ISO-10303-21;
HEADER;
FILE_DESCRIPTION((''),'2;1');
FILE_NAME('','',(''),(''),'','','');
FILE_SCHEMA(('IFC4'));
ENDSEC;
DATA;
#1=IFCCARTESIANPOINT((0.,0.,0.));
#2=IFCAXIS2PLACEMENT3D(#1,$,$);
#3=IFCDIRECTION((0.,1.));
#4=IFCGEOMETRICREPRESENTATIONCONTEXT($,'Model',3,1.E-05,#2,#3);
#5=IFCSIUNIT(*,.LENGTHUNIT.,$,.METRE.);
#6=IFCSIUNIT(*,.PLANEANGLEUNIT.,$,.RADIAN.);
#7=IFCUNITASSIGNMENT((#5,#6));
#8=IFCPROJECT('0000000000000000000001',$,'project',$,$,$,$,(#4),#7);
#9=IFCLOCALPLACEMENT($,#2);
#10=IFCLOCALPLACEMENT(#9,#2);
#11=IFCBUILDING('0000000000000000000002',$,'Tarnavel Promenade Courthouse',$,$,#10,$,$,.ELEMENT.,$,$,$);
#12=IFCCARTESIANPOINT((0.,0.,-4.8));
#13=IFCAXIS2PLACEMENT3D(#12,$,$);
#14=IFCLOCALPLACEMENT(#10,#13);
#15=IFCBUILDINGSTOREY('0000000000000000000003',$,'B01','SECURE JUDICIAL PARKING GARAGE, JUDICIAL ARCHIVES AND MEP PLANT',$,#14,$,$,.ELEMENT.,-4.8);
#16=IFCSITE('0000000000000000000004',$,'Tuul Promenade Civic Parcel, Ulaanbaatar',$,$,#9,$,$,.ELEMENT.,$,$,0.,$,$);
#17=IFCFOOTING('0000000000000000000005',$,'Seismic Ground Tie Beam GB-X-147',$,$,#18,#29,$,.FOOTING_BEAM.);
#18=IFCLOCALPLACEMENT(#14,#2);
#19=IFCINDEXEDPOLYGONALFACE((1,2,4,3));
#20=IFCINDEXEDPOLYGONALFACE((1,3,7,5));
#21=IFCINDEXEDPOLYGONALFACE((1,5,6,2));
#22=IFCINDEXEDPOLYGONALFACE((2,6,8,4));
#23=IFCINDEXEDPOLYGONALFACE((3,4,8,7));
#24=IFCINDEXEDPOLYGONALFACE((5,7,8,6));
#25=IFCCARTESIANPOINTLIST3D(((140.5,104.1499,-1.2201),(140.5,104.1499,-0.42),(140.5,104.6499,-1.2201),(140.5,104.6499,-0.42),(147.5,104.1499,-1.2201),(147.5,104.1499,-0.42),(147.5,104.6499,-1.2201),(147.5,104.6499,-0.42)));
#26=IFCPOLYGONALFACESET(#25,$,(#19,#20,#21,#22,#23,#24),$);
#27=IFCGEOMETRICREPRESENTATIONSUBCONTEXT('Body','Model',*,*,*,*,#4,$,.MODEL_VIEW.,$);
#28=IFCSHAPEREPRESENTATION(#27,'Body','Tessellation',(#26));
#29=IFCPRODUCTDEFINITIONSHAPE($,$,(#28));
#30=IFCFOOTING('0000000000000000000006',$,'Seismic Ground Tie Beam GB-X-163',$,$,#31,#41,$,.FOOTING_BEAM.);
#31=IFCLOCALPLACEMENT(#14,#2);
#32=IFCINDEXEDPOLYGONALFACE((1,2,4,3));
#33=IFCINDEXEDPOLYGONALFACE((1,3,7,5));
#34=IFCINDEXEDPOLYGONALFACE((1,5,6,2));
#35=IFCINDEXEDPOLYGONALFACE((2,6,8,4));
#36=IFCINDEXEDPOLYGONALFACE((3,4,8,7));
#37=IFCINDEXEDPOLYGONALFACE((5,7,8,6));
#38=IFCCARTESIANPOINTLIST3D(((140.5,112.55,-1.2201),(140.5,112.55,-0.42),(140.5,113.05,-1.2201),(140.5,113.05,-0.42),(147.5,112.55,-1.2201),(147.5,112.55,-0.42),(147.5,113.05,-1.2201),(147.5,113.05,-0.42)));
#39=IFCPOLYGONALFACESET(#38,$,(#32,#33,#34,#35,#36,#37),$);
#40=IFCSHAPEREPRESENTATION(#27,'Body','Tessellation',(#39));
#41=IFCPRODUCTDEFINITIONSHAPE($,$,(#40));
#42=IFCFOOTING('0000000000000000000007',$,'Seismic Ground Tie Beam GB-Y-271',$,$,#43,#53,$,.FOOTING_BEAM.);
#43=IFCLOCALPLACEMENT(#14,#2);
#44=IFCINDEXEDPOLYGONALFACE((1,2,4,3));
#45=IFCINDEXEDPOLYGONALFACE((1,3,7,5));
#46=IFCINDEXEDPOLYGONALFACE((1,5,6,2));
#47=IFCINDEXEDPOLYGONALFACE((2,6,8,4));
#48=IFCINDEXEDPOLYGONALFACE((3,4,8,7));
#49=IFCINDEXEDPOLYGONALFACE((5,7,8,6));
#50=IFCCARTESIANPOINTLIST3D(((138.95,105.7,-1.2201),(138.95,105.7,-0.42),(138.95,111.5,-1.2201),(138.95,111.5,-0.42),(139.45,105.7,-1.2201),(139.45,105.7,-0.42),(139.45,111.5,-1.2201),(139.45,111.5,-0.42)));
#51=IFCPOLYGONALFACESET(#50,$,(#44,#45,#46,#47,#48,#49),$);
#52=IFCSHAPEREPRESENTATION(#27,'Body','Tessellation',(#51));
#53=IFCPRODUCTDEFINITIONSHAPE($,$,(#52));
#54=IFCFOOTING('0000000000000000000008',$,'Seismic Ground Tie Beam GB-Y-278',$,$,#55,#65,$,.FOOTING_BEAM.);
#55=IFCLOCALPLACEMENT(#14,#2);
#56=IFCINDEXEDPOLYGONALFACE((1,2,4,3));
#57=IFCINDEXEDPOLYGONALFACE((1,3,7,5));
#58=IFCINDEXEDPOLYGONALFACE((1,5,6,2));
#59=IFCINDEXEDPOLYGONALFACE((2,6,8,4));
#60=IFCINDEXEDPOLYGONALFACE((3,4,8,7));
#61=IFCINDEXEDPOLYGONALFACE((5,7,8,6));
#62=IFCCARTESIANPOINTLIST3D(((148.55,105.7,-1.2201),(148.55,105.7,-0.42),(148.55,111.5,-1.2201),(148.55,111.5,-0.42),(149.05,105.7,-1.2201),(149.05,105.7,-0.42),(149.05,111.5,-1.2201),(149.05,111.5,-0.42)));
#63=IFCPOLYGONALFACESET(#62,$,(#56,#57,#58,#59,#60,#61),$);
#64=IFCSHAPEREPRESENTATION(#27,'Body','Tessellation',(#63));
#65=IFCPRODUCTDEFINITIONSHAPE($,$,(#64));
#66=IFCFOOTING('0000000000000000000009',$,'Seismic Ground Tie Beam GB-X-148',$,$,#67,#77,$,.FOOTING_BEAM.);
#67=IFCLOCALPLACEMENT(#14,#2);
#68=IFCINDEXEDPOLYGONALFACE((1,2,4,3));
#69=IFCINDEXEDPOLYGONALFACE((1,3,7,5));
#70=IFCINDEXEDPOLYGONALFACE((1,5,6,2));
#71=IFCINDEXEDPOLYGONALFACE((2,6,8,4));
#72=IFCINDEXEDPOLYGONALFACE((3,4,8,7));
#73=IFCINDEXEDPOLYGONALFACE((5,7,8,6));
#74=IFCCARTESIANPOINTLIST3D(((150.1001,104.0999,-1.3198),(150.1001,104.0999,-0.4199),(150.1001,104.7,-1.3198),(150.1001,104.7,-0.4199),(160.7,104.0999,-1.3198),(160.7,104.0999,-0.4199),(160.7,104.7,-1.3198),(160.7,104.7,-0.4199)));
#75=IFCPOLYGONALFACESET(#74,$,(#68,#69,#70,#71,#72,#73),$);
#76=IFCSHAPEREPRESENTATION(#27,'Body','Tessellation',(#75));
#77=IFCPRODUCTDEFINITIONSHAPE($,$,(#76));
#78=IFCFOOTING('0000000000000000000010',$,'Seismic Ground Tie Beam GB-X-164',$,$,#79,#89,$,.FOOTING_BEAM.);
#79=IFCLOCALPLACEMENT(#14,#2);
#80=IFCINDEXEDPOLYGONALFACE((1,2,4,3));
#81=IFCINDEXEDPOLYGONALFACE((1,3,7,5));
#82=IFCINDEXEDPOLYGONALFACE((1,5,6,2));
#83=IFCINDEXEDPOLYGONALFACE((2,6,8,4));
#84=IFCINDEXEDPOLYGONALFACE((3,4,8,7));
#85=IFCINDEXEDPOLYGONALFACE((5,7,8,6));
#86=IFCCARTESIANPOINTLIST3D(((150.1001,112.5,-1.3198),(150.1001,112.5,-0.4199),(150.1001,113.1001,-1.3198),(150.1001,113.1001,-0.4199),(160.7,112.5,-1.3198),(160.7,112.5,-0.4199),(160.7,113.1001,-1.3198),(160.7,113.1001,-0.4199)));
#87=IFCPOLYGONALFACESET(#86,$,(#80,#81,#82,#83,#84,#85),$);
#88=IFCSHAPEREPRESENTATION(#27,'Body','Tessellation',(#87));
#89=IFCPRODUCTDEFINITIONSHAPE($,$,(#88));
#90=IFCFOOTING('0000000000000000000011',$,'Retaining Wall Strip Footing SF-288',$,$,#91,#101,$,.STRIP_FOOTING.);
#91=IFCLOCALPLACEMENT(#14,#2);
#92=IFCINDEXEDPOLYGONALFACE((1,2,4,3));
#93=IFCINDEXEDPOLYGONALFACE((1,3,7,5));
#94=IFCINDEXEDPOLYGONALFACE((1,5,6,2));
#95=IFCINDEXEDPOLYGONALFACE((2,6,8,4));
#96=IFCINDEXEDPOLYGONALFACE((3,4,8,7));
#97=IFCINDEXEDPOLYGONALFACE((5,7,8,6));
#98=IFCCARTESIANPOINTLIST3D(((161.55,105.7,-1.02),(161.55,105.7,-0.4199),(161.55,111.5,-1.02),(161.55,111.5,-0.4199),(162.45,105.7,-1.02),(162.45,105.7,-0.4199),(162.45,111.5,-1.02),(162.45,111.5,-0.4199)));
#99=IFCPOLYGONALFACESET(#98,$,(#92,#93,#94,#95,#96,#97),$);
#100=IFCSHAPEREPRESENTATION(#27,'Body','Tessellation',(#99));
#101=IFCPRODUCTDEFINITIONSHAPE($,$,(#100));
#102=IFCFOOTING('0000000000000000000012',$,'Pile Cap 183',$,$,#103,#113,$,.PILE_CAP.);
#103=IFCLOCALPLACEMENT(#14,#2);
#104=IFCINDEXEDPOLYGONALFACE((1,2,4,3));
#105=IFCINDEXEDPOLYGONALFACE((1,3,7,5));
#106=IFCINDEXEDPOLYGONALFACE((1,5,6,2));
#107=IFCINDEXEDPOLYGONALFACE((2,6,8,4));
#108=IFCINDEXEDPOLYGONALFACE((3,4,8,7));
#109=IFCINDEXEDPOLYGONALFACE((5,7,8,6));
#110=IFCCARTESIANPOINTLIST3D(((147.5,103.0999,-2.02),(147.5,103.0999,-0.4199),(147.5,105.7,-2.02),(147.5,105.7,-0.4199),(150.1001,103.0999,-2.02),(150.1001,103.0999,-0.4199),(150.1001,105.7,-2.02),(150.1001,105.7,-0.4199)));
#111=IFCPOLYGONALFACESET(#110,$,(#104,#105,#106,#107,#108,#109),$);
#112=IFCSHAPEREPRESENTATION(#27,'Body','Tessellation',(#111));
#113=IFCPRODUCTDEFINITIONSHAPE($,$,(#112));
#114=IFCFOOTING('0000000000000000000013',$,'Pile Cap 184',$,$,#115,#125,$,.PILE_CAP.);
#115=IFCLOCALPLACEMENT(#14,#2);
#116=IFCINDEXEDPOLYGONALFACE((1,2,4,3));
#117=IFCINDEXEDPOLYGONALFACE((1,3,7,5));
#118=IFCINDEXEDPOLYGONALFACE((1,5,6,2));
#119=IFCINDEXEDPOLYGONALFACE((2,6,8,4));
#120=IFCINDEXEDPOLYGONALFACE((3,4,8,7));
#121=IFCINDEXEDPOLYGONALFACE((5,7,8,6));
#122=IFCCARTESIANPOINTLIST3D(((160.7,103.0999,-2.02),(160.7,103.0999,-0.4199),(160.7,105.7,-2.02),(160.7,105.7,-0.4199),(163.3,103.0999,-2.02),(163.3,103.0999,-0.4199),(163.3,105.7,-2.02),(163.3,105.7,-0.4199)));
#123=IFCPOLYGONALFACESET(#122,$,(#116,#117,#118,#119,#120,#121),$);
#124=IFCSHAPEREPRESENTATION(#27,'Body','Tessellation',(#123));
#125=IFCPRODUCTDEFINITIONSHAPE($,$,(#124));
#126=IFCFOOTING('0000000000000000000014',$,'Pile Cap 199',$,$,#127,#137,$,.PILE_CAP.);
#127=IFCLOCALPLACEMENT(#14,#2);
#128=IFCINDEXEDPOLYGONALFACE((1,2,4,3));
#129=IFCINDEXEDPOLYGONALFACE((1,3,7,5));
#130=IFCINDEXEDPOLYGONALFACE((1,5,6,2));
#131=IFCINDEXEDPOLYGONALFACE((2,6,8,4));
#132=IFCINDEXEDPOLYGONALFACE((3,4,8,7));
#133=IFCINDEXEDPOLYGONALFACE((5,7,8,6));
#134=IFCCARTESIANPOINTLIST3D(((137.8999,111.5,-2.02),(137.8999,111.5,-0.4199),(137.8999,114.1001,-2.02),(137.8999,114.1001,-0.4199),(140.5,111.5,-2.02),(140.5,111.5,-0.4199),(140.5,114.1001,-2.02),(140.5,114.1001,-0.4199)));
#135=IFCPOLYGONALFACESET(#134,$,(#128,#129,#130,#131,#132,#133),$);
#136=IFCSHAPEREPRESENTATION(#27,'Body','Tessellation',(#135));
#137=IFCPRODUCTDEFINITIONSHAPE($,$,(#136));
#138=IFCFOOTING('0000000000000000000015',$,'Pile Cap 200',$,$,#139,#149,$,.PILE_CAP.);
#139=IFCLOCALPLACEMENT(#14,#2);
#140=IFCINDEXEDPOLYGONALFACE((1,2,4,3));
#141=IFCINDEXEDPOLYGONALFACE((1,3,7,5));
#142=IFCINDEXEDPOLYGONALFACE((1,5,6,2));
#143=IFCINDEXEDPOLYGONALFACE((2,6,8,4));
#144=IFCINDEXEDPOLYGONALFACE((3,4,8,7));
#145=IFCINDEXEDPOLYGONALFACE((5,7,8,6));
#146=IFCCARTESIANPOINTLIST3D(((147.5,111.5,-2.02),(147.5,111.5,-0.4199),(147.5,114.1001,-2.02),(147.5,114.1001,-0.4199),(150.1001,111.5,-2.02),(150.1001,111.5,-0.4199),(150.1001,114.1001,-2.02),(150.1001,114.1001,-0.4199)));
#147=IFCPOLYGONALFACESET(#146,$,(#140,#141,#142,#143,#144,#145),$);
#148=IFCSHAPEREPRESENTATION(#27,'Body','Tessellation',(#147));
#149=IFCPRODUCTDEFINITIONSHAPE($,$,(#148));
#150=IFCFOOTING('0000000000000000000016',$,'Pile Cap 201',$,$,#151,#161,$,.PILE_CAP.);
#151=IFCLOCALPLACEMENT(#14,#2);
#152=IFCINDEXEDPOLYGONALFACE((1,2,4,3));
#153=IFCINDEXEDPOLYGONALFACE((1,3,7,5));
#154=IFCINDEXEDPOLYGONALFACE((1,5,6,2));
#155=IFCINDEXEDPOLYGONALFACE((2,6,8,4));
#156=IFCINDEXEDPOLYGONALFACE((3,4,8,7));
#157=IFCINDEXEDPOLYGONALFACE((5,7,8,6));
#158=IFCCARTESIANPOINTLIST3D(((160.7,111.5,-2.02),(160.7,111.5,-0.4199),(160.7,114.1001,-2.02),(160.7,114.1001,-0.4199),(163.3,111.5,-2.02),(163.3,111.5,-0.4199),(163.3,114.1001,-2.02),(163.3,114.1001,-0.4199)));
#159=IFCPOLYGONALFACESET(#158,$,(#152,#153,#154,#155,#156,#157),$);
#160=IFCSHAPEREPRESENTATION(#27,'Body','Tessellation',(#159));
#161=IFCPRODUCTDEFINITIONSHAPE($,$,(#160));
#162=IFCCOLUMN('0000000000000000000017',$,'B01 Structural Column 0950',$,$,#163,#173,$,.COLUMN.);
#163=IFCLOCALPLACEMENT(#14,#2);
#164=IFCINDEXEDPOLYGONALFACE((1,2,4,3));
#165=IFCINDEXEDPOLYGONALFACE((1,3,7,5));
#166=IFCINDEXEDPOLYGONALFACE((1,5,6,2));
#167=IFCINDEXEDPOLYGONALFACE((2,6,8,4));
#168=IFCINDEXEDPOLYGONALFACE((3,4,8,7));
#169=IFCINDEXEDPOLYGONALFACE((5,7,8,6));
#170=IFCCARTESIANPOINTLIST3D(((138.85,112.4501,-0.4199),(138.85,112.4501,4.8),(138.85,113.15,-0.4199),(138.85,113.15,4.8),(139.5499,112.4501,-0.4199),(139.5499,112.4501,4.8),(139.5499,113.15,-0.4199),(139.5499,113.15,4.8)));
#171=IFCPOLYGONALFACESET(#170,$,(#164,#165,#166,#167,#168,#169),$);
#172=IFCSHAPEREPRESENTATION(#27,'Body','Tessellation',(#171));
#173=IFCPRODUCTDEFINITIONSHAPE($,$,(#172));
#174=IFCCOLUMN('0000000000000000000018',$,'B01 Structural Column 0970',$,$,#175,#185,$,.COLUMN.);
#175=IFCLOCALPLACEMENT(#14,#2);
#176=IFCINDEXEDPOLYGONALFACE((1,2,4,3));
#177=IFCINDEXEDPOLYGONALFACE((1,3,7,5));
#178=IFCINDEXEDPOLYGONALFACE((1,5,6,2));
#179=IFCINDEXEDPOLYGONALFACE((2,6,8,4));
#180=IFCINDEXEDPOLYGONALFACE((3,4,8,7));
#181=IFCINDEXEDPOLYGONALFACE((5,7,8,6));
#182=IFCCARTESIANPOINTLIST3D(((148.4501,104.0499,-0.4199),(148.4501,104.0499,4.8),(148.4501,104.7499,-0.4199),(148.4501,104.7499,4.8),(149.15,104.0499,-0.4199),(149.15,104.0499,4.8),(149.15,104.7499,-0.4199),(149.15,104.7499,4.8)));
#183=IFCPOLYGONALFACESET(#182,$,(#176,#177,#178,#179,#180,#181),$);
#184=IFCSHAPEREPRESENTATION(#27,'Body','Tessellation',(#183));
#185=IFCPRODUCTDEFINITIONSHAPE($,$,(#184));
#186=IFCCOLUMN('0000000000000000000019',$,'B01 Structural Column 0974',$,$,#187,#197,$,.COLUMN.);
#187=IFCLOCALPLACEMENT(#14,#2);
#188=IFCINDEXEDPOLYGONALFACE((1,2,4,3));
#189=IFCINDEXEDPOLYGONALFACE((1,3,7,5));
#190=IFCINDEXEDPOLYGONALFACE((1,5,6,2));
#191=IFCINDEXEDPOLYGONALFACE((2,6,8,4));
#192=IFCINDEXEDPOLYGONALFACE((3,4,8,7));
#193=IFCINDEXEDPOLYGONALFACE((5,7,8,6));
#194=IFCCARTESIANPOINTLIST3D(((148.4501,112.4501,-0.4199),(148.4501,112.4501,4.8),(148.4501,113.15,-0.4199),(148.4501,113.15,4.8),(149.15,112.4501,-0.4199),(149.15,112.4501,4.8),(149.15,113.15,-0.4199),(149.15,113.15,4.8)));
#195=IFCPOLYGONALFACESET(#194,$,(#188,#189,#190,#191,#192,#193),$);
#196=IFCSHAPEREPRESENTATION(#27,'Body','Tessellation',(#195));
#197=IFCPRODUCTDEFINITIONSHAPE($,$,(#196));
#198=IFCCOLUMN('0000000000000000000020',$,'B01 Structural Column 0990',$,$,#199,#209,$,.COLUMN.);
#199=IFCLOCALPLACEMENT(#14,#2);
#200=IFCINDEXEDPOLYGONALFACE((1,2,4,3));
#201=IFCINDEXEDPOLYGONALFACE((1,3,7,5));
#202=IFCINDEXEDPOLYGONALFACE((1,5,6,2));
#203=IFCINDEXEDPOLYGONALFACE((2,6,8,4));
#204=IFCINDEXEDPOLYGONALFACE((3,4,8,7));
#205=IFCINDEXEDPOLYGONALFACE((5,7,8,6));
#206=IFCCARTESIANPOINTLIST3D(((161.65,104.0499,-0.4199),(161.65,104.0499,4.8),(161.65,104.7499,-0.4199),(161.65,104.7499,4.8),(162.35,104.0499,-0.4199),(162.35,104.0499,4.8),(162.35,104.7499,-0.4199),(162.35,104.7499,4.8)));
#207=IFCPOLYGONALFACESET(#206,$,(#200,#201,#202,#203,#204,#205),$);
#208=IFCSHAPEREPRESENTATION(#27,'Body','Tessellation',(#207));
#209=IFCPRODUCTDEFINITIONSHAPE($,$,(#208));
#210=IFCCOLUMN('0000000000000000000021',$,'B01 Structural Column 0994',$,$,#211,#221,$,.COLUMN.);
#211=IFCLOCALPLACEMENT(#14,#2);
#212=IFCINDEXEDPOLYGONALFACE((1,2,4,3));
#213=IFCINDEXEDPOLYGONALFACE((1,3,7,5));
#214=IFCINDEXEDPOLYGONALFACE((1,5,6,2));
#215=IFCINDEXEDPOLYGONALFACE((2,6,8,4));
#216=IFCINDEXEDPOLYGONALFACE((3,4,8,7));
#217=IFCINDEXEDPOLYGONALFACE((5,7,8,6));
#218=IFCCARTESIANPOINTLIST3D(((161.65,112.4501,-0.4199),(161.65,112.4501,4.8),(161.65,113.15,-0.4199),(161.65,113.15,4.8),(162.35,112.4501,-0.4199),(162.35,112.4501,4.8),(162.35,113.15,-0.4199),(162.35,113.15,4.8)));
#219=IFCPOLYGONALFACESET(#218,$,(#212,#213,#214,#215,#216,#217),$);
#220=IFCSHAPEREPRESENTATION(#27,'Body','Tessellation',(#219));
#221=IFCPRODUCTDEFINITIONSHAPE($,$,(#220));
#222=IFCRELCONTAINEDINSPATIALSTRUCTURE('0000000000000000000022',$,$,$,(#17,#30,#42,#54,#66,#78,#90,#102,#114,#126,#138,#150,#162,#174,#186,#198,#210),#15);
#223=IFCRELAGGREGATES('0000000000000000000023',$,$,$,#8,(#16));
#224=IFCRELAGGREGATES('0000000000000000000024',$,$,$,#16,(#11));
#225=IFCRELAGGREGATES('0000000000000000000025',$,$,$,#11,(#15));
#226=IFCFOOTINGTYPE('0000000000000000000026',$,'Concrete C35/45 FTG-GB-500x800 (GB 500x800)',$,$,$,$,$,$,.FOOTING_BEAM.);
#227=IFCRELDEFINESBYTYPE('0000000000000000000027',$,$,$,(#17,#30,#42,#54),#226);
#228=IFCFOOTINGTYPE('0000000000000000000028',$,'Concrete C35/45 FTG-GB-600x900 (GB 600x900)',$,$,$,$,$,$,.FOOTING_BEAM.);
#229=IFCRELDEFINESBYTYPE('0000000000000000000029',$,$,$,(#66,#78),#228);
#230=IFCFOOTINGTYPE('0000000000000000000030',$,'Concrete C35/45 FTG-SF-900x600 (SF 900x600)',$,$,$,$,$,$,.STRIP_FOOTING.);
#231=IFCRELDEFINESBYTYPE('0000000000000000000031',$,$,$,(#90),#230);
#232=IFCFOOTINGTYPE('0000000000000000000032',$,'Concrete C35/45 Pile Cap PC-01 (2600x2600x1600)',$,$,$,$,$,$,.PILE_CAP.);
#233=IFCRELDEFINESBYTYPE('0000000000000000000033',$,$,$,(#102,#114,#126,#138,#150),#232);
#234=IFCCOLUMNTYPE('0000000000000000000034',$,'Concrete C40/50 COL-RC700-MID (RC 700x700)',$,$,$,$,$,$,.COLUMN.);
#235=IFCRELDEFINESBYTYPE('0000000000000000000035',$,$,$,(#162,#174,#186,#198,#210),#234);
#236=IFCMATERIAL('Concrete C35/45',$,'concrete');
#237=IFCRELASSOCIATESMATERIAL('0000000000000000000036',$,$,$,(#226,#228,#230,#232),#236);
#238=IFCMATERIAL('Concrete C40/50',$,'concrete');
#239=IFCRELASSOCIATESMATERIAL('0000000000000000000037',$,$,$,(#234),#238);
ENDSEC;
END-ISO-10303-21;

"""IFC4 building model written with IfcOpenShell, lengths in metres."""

from ifc_helpers import new_model, si_unit, direction, frame, origin, origin_2d, place, context, subcontext, project, spatial, rectangle, extrude, material, material_profile, profile_set, type_object, element, save


model = new_model("IFC4")

# Units and contexts
model_context = context("Model", 3, precision=1e-05, world=origin(), true_north=direction((0.0, 1.0)))
body_context = subcontext(model_context, "Body", "Model", "MODEL_VIEW")
ifc_project = project(units=[si_unit("LENGTHUNIT", "METRE"), si_unit("PLANEANGLEUNIT", "RADIAN")], contexts=[model_context])

# Site, building, storey
site_placement = place(None, origin())
site = spatial("IfcSite", under=ifc_project, at=site_placement, Name="Tuul Promenade Civic Parcel, Ulaanbaatar", CompositionType="ELEMENT", RefElevation=0.0)
building_placement = place(site_placement, origin())
building = spatial("IfcBuilding", under=site, at=building_placement, Name="Tarnavel Promenade Courthouse", CompositionType="ELEMENT")
storey_placement = place(building_placement, frame((0.0, 0.0, -4.8)))
storey = spatial("IfcBuildingStorey", under=building, at=storey_placement, Name="B01", Description="SECURE JUDICIAL PARKING GARAGE, JUDICIAL ARCHIVES AND MEP PLANT", CompositionType="ELEMENT", Elevation=-4.8)

# Footings
ifc_material_1 = material(Name="Concrete C35/45", Category="concrete")
ifc_material_profile_1 = material_profile(ifc_material_1, rectangle(XDim=0.5, YDim=0.8, at=origin_2d()), Name="GB 500x800")
ifc_profile_set_1 = profile_set([ifc_material_profile_1], Name="Concrete C35/45")
footing_type_1 = type_object("IfcFootingType", Name="Concrete C35/45 FTG-GB-500x800 (GB 500x800)", PredefinedType="FOOTING_BEAM", material=ifc_profile_set_1)
for number, where, z_axis, x_axis, name in (
    (1, (140.5, 104.3999, -0.8201), (1.0, 0.0, 0.0), (0.0, 1.0, 0.0), "Seismic Ground Tie Beam GB-X-147"),
    (2, (140.5, 112.8, -0.8201), (1.0, 0.0, 0.0), (0.0, 1.0, 0.0), "Seismic Ground Tie Beam GB-X-163"),
):
    element("IfcFooting", number, at=place(storey_placement, frame(where, z_axis=z_axis, x_axis=x_axis)), inside=storey, type_object=footing_type_1, Name=name, PredefinedType="FOOTING_BEAM", context=body_context, shape_type="SweptSolid", body=[
        extrude(rectangle(XDim=0.5, YDim=0.8, at=origin_2d()), origin(), (0.0, 0.0, 1.0), 7.0),
    ])
for number, where, z_axis, x_axis, name in (
    (3, (139.2, 105.7, -0.8201), (0.0, 1.0, 0.0), (-1.0, 0.0, 0.0), "Seismic Ground Tie Beam GB-Y-271"),
    (4, (148.8, 105.7, -0.8201), (0.0, 1.0, 0.0), (-1.0, 0.0, 0.0), "Seismic Ground Tie Beam GB-Y-278"),
):
    element("IfcFooting", number, at=place(storey_placement, frame(where, z_axis=z_axis, x_axis=x_axis)), inside=storey, type_object=footing_type_1, Name=name, PredefinedType="FOOTING_BEAM", context=body_context, shape_type="SweptSolid", body=[
        extrude(rectangle(XDim=0.5, YDim=0.8, at=origin_2d()), origin(), (0.0, 0.0, 1.0), 5.8),
    ])
ifc_material_profile_2 = material_profile(ifc_material_1, rectangle(XDim=0.6001, YDim=0.8999, at=origin_2d()), Name="GB 600x900")
ifc_profile_set_2 = profile_set([ifc_material_profile_2], Name="Concrete C35/45")
footing_type_2 = type_object("IfcFootingType", Name="Concrete C35/45 FTG-GB-600x900 (GB 600x900)", PredefinedType="FOOTING_BEAM", material=ifc_profile_set_2)
for number, where, z_axis, x_axis, name in (
    (5, (150.1001, 104.3999, -0.8699), (1.0, 0.0, 0.0), (0.0, 1.0, 0.0), "Seismic Ground Tie Beam GB-X-148"),
    (6, (150.1001, 112.8, -0.8699), (1.0, 0.0, 0.0), (0.0, 1.0, 0.0), "Seismic Ground Tie Beam GB-X-164"),
):
    element("IfcFooting", number, at=place(storey_placement, frame(where, z_axis=z_axis, x_axis=x_axis)), inside=storey, type_object=footing_type_2, Name=name, PredefinedType="FOOTING_BEAM", context=body_context, shape_type="SweptSolid", body=[
        extrude(rectangle(XDim=0.6001, YDim=0.8999, at=origin_2d()), origin(), (0.0, 0.0, 1.0), 10.5999),
    ])
ifc_material_profile_3 = material_profile(ifc_material_1, rectangle(XDim=0.8999, YDim=0.6001, at=origin_2d()), Name="SF 900x600")
ifc_profile_set_3 = profile_set([ifc_material_profile_3], Name="Concrete C35/45")
footing_type_3 = type_object("IfcFootingType", Name="Concrete C35/45 FTG-SF-900x600 (SF 900x600)", PredefinedType="STRIP_FOOTING", material=ifc_profile_set_3)
footing_placement = place(storey_placement, frame((162.0, 105.7, -0.72), z_axis=(0.0, 1.0, 0.0), x_axis=(-1.0, 0.0, 0.0)))
element("IfcFooting", 7, at=footing_placement, inside=storey, type_object=footing_type_3, Name="Retaining Wall Strip Footing SF-288", PredefinedType="STRIP_FOOTING", context=body_context, shape_type="SweptSolid", body=[
    extrude(rectangle(XDim=0.8999, YDim=0.6001, at=origin_2d()), origin(), (0.0, 0.0, 1.0), 5.8),
])
footing_type_4 = type_object("IfcFootingType", Name="Concrete C35/45 Pile Cap PC-01 (2600x2600x1600)", PredefinedType="PILE_CAP", material=ifc_material_1)
for number, where, z_axis, x_axis, name in (
    (8, (148.8, 104.3999, -2.02), (0.0, 0.0, 1.0), (1.0, 0.0, 0.0), "Pile Cap 183"),
    (9, (162.0, 104.3999, -2.02), (0.0, 0.0, 1.0), (1.0, 0.0, 0.0), "Pile Cap 184"),
    (10, (139.2, 112.8, -2.02), (0.0, 0.0, 1.0), (1.0, 0.0, 0.0), "Pile Cap 199"),
    (11, (148.8, 112.8, -2.02), (0.0, 0.0, 1.0), (1.0, 0.0, 0.0), "Pile Cap 200"),
    (12, (162.0, 112.8, -2.02), (0.0, 0.0, 1.0), (1.0, 0.0, 0.0), "Pile Cap 201"),
):
    element("IfcFooting", number, at=place(storey_placement, frame(where, z_axis=z_axis, x_axis=x_axis)), inside=storey, type_object=footing_type_4, Name=name, PredefinedType="PILE_CAP", context=body_context, shape_type="SweptSolid", body=[
        extrude(rectangle(XDim=2.6001, YDim=2.6001, at=origin_2d()), origin(), (0.0, 0.0, 1.0), 1.6001),
    ])

# Columns
ifc_material_2 = material(Name="Concrete C40/50", Category="concrete")
ifc_material_profile_4 = material_profile(ifc_material_2, rectangle(XDim=0.7, YDim=0.7, at=origin_2d()), Name="RC 700x700")
ifc_profile_set_4 = profile_set([ifc_material_profile_4], Name="Concrete C40/50")
column_type = type_object("IfcColumnType", Name="Concrete C40/50 COL-RC700-MID (RC 700x700)", PredefinedType="COLUMN", material=ifc_profile_set_4)
for number, where, z_axis, x_axis, name in (
    (13, (139.2, 112.8, -0.4199), (0.0, 0.0, 1.0), (1.0, 0.0, 0.0), "B01 Structural Column 0950"),
    (14, (148.8, 104.3999, -0.4199), (0.0, 0.0, 1.0), (1.0, 0.0, 0.0), "B01 Structural Column 0970"),
    (15, (148.8, 112.8, -0.4199), (0.0, 0.0, 1.0), (1.0, 0.0, 0.0), "B01 Structural Column 0974"),
    (16, (162.0, 104.3999, -0.4199), (0.0, 0.0, 1.0), (1.0, 0.0, 0.0), "B01 Structural Column 0990"),
    (17, (162.0, 112.8, -0.4199), (0.0, 0.0, 1.0), (1.0, 0.0, 0.0), "B01 Structural Column 0994"),
):
    element("IfcColumn", number, at=place(storey_placement, frame(where, z_axis=z_axis, x_axis=x_axis)), inside=storey, type_object=column_type, Name=name, PredefinedType="COLUMN", context=body_context, shape_type="SweptSolid", body=[
        extrude(rectangle(XDim=0.7, YDim=0.7, at=origin_2d()), origin(), (0.0, 0.0, 1.0), 5.22),
    ])

save(model, "model.ifc")
